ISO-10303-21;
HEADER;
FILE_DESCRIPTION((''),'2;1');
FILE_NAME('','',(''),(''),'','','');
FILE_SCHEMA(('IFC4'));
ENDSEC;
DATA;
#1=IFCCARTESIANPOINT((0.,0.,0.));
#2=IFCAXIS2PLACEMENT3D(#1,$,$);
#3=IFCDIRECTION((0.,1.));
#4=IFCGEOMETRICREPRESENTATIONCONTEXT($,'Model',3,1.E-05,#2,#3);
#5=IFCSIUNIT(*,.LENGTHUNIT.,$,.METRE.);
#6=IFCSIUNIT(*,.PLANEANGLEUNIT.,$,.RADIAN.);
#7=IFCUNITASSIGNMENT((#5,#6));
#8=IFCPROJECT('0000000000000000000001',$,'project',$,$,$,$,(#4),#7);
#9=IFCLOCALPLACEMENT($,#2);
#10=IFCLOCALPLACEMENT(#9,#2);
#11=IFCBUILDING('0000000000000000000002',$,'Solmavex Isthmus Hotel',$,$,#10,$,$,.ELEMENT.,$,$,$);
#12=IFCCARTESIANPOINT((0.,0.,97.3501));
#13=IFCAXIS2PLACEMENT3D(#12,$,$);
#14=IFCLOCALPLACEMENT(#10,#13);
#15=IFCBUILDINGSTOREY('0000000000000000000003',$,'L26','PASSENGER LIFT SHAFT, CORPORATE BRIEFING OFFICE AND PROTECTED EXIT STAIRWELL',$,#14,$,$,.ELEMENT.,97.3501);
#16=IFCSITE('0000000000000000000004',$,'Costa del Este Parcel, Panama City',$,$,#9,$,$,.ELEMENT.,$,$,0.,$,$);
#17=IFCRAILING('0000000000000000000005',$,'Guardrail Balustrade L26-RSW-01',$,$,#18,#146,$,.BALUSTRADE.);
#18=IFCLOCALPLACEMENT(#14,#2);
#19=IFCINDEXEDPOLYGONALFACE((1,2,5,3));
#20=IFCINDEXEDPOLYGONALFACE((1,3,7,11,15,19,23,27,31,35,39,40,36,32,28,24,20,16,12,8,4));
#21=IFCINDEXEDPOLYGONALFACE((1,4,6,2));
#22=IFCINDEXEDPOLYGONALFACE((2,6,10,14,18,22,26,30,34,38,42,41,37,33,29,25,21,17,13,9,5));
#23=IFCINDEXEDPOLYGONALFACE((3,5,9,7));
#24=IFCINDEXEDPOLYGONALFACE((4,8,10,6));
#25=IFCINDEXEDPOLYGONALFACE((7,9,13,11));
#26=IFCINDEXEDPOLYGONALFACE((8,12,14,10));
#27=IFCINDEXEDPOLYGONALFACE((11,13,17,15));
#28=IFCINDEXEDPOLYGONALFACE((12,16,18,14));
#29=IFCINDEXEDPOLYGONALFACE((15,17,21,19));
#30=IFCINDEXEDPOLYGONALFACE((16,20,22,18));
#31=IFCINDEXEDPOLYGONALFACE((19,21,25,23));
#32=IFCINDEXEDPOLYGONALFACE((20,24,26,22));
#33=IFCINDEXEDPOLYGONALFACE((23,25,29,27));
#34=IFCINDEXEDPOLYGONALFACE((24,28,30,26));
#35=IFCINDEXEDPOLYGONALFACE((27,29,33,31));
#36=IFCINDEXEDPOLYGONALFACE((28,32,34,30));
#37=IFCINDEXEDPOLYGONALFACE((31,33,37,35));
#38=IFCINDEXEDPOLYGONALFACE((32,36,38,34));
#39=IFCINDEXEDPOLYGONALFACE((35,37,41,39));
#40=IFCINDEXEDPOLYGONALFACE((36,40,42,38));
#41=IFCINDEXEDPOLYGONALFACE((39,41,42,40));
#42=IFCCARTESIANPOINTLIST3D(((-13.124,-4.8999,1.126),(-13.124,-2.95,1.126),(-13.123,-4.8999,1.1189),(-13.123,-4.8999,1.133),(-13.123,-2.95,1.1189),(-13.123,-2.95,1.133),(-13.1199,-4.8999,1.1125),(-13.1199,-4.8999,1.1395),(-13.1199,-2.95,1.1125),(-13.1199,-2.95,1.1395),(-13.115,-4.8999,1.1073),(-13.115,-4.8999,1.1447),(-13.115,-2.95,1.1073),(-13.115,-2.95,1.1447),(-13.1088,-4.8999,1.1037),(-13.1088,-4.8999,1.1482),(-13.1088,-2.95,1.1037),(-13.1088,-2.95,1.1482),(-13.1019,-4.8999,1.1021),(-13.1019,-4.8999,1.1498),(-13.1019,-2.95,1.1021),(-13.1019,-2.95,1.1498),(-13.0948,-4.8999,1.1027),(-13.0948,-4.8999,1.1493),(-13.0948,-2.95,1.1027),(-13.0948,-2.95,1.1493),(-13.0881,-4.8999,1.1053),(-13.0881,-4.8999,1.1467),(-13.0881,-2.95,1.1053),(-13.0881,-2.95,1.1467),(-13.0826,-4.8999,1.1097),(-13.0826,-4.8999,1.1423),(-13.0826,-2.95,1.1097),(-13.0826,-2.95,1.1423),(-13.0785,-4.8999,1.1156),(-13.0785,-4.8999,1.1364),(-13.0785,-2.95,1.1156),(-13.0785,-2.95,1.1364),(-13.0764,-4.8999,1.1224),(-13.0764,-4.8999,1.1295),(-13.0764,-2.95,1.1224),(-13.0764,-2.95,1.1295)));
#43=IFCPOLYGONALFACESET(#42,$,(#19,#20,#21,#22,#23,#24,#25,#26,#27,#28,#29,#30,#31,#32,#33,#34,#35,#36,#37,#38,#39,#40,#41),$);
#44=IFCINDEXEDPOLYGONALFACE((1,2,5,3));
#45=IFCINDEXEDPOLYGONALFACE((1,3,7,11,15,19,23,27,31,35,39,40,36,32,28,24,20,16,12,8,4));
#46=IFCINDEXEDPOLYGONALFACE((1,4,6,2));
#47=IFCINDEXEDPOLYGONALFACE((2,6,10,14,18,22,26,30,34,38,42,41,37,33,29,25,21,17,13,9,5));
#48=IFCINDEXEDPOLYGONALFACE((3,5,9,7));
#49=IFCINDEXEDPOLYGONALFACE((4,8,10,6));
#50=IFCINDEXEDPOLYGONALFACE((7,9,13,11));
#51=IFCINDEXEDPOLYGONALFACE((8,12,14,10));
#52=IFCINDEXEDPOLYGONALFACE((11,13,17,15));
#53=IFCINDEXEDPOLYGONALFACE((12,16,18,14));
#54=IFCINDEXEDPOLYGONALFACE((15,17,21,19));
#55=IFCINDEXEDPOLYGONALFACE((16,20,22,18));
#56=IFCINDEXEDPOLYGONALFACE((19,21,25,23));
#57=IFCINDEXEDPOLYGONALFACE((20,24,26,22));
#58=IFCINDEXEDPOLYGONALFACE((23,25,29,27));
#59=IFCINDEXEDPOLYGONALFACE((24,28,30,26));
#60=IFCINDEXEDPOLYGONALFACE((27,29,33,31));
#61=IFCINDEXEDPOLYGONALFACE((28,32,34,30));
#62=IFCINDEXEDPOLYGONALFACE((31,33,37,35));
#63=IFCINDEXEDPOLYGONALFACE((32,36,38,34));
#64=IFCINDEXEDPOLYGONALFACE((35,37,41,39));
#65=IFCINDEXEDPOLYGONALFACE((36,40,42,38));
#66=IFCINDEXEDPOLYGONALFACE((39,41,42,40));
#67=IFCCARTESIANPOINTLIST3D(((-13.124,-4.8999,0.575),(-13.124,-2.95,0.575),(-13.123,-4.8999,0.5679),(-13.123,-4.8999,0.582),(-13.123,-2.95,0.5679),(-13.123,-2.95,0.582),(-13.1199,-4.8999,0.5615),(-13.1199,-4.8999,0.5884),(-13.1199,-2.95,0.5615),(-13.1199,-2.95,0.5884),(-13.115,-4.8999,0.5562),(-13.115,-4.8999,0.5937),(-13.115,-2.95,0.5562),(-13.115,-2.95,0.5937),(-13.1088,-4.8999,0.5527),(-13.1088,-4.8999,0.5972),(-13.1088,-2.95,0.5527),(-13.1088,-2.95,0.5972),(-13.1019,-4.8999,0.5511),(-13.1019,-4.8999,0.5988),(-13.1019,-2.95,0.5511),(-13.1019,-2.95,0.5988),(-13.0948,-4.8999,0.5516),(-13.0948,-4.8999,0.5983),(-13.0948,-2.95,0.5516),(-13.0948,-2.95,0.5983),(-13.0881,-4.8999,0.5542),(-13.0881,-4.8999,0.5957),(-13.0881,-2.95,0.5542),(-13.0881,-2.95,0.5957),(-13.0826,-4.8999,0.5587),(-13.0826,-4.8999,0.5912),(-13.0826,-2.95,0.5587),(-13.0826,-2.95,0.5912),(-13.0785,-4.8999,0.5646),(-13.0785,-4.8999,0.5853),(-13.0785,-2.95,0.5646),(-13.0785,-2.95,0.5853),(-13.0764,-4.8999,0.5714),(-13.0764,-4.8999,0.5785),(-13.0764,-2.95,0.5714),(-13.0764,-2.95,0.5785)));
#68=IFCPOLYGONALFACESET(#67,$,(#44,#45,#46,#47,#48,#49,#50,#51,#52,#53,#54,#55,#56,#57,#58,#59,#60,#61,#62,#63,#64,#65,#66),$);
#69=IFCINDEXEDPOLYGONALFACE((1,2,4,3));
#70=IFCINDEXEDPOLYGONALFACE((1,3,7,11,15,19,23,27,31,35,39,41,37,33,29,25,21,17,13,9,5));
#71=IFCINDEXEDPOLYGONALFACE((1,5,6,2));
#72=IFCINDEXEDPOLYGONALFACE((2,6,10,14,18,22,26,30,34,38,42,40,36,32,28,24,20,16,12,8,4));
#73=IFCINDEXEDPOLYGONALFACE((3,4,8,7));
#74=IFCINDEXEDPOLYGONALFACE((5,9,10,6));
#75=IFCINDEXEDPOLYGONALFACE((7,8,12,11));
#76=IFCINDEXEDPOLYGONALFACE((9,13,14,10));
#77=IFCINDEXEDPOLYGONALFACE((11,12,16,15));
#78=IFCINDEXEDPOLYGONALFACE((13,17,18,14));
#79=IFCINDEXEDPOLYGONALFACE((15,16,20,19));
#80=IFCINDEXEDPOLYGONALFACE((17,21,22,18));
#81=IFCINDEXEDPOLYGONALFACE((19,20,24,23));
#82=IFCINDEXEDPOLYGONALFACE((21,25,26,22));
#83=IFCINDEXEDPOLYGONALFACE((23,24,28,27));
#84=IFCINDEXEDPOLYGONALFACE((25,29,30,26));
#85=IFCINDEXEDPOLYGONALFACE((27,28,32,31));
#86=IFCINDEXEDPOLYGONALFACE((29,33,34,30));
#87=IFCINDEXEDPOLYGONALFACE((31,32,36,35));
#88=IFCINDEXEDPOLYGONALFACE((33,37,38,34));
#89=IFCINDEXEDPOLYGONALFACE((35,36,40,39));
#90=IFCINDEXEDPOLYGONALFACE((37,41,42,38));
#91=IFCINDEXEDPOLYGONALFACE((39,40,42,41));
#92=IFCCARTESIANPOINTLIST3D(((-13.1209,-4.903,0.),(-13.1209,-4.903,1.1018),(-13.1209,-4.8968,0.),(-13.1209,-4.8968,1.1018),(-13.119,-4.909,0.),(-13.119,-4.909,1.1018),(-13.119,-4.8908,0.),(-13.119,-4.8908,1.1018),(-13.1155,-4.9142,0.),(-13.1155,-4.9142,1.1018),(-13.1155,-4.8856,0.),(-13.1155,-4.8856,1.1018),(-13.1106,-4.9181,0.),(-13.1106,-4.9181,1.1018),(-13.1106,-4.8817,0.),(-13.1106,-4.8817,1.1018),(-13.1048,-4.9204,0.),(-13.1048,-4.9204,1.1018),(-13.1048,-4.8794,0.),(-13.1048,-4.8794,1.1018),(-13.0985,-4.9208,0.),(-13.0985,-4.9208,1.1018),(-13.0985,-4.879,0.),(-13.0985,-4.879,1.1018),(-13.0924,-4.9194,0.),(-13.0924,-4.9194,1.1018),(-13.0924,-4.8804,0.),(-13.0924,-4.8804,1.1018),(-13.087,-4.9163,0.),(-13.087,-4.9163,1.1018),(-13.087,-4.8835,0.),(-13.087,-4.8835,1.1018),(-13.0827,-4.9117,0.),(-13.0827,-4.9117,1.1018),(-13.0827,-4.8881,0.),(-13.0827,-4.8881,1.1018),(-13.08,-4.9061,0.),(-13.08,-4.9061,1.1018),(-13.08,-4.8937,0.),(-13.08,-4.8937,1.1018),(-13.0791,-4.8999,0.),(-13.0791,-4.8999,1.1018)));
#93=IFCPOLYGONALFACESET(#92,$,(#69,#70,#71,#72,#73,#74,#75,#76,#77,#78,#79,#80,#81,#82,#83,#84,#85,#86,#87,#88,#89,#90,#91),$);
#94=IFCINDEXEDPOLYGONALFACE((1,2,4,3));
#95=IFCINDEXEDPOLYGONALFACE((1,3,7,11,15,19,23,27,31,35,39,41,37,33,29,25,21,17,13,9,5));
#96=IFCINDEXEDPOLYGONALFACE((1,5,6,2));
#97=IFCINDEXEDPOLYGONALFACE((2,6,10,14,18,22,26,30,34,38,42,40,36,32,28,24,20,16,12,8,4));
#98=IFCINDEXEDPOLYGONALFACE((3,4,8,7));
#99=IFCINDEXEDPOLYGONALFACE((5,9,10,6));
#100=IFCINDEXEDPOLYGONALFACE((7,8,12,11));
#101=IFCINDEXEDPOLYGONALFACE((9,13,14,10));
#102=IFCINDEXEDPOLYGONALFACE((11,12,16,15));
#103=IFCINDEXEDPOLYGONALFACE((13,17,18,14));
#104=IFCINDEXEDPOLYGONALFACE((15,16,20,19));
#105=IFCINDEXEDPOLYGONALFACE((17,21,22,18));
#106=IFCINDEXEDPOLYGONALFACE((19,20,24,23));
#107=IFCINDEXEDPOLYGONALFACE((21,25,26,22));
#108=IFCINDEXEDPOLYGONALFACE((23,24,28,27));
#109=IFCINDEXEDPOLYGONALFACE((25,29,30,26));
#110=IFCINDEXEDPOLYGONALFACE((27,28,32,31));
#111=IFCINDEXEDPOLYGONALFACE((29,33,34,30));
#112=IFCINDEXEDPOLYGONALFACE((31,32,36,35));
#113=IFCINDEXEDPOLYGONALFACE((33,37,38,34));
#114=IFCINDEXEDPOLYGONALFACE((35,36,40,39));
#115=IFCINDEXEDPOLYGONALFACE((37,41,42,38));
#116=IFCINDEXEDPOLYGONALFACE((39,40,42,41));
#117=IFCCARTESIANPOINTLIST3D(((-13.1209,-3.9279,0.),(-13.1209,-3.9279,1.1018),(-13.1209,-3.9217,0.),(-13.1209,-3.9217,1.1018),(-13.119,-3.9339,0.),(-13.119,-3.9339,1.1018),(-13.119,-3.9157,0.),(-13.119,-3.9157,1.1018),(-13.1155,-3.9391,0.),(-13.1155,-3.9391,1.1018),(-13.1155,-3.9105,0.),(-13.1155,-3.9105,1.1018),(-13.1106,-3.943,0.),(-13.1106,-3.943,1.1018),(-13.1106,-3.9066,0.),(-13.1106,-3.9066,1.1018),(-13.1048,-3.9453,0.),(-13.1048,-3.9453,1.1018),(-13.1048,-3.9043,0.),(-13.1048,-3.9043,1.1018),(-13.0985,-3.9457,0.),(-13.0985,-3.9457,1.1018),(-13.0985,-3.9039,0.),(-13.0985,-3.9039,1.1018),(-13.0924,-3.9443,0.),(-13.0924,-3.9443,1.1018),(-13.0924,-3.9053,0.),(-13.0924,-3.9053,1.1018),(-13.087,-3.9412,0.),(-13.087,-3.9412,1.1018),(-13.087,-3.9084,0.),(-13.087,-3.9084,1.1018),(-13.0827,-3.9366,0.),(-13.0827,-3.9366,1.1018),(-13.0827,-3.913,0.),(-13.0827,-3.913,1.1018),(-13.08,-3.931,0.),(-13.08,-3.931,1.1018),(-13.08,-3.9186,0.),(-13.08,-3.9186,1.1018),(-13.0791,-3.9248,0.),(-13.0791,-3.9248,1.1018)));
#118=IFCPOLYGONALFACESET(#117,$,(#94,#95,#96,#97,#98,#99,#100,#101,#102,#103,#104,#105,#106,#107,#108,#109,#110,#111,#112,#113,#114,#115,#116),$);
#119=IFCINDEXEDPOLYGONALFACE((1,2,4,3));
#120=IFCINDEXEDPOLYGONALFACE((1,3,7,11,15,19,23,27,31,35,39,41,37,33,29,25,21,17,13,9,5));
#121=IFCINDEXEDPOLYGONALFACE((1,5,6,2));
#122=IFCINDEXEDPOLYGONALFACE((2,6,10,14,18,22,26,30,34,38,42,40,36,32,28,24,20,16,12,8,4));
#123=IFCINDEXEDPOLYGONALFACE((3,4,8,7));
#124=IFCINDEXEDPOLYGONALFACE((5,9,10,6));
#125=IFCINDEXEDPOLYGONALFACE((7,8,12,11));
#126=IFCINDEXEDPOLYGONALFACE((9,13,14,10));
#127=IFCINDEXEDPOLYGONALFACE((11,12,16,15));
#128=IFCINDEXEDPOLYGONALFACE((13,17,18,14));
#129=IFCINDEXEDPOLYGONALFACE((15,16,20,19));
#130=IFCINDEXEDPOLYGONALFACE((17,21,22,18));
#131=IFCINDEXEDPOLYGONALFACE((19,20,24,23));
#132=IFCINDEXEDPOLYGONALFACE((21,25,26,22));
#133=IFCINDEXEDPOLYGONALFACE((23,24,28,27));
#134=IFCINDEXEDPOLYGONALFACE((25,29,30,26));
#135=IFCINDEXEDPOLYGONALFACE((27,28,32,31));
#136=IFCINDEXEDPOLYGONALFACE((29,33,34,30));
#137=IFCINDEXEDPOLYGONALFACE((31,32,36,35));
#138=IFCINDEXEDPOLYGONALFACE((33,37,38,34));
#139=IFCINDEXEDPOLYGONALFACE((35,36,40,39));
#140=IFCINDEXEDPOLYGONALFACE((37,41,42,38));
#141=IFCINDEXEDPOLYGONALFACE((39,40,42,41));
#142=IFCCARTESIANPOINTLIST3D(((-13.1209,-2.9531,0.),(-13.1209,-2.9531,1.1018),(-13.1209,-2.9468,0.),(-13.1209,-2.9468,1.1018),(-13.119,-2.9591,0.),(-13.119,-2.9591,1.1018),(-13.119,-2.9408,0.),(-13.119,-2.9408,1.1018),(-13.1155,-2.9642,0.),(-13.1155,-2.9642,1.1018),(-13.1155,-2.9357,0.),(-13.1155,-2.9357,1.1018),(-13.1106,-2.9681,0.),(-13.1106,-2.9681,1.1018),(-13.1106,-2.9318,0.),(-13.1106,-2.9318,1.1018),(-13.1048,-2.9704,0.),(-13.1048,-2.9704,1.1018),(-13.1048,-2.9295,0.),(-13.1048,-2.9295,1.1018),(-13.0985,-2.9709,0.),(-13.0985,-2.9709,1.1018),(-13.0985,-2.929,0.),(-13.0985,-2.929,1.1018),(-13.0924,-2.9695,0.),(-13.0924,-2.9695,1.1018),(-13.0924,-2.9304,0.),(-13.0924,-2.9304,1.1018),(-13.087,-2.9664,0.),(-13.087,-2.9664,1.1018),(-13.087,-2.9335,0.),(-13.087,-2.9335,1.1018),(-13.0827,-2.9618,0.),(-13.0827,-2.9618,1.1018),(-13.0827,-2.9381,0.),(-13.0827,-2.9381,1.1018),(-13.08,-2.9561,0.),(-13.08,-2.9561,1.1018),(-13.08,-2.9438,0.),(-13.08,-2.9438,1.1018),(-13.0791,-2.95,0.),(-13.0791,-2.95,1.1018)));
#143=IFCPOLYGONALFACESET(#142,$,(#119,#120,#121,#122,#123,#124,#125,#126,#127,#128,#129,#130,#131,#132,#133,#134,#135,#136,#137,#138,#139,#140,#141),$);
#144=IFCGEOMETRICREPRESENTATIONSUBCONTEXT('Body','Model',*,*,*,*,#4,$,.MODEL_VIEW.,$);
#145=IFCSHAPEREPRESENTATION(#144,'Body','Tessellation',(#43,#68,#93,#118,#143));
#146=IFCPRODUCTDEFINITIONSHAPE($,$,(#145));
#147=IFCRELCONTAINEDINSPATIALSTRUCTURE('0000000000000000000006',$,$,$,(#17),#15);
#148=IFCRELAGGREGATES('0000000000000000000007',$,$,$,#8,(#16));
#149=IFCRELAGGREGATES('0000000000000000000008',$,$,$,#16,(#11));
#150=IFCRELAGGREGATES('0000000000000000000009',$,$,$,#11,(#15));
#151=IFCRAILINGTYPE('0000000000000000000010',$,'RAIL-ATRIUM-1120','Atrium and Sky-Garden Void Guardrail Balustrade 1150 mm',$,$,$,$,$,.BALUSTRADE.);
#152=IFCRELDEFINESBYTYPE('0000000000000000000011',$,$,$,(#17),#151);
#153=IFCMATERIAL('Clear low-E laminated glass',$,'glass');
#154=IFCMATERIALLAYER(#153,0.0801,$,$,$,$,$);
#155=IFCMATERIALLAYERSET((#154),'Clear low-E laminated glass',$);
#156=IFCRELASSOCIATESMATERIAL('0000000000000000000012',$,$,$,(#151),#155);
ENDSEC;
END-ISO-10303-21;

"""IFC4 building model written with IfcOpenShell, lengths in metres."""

from ifc_helpers import new_model, si_unit, direction, frame, origin, origin_2d, place, context, subcontext, project, spatial, circle, extrude, material, layer, layer_set, type_object, element, save


model = new_model("IFC4")

# Units and contexts
model_context = context("Model", 3, precision=1e-05, world=origin(), true_north=direction((0.0, 1.0)))
body_context = subcontext(model_context, "Body", "Model", "MODEL_VIEW")
ifc_project = project(units=[si_unit("LENGTHUNIT", "METRE"), si_unit("PLANEANGLEUNIT", "RADIAN")], contexts=[model_context])

# Site, building, storey
site_placement = place(None, origin())
site = spatial("IfcSite", under=ifc_project, at=site_placement, Name="Costa del Este Parcel, Panama City", CompositionType="ELEMENT", RefElevation=0.0)
building_placement = place(site_placement, origin())
building = spatial("IfcBuilding", under=site, at=building_placement, Name="Solmavex Isthmus Hotel", CompositionType="ELEMENT")
storey_placement = place(building_placement, frame((0.0, 0.0, 97.3501)))
storey = spatial("IfcBuildingStorey", under=building, at=storey_placement, Name="L26", Description="PASSENGER LIFT SHAFT, CORPORATE BRIEFING OFFICE AND PROTECTED EXIT STAIRWELL", CompositionType="ELEMENT", Elevation=97.3501)

# Shared definitions
ifc_material_1 = material(Name="Clear low-E laminated glass", Category="glass")

# Railing
ifc_layer_1 = layer(ifc_material_1, 0.0801)
ifc_layer_set_1 = layer_set([ifc_layer_1], Name="Clear low-E laminated glass")
railing_type_1 = type_object("IfcRailingType", Name="RAIL-ATRIUM-1120", Description="Atrium and Sky-Garden Void Guardrail Balustrade 1150 mm", PredefinedType="BALUSTRADE", material=ifc_layer_set_1)
railing_1_placement = place(storey_placement, frame((-13.1001, -4.8999, 0.0)))
element("IfcRailing", 1, at=railing_1_placement, inside=storey, type_object=railing_type_1, Name="Guardrail Balustrade L26-RSW-01", PredefinedType="BALUSTRADE", context=body_context, shape_type="SweptSolid", body=[
    extrude(circle(Radius=0.0239, at=origin_2d()), frame((0.0, 0.0, 1.126), z_axis=(0.0, 1.0, 0.0), x_axis=(-1.0, 0.0, 0.0)), (0.0, 0.0, 1.0), 1.95),
    extrude(circle(Radius=0.0239, at=origin_2d()), frame((0.0, 0.0, 0.575), z_axis=(0.0, 1.0, 0.0), x_axis=(-1.0, 0.0, 0.0)), (0.0, 0.0, 1.0), 1.95),
    extrude(circle(Radius=0.021, at=origin_2d()), origin(), (0.0, 0.0, 1.0), 1.1018),
    extrude(circle(Radius=0.021, at=origin_2d()), frame((0.0, 0.9751, 0.0)), (0.0, 0.0, 1.0), 1.1018),
    extrude(circle(Radius=0.021, at=origin_2d()), frame((0.0, 1.95, 0.0)), (0.0, 0.0, 1.0), 1.1018),
])

save(model, "model.ifc")
